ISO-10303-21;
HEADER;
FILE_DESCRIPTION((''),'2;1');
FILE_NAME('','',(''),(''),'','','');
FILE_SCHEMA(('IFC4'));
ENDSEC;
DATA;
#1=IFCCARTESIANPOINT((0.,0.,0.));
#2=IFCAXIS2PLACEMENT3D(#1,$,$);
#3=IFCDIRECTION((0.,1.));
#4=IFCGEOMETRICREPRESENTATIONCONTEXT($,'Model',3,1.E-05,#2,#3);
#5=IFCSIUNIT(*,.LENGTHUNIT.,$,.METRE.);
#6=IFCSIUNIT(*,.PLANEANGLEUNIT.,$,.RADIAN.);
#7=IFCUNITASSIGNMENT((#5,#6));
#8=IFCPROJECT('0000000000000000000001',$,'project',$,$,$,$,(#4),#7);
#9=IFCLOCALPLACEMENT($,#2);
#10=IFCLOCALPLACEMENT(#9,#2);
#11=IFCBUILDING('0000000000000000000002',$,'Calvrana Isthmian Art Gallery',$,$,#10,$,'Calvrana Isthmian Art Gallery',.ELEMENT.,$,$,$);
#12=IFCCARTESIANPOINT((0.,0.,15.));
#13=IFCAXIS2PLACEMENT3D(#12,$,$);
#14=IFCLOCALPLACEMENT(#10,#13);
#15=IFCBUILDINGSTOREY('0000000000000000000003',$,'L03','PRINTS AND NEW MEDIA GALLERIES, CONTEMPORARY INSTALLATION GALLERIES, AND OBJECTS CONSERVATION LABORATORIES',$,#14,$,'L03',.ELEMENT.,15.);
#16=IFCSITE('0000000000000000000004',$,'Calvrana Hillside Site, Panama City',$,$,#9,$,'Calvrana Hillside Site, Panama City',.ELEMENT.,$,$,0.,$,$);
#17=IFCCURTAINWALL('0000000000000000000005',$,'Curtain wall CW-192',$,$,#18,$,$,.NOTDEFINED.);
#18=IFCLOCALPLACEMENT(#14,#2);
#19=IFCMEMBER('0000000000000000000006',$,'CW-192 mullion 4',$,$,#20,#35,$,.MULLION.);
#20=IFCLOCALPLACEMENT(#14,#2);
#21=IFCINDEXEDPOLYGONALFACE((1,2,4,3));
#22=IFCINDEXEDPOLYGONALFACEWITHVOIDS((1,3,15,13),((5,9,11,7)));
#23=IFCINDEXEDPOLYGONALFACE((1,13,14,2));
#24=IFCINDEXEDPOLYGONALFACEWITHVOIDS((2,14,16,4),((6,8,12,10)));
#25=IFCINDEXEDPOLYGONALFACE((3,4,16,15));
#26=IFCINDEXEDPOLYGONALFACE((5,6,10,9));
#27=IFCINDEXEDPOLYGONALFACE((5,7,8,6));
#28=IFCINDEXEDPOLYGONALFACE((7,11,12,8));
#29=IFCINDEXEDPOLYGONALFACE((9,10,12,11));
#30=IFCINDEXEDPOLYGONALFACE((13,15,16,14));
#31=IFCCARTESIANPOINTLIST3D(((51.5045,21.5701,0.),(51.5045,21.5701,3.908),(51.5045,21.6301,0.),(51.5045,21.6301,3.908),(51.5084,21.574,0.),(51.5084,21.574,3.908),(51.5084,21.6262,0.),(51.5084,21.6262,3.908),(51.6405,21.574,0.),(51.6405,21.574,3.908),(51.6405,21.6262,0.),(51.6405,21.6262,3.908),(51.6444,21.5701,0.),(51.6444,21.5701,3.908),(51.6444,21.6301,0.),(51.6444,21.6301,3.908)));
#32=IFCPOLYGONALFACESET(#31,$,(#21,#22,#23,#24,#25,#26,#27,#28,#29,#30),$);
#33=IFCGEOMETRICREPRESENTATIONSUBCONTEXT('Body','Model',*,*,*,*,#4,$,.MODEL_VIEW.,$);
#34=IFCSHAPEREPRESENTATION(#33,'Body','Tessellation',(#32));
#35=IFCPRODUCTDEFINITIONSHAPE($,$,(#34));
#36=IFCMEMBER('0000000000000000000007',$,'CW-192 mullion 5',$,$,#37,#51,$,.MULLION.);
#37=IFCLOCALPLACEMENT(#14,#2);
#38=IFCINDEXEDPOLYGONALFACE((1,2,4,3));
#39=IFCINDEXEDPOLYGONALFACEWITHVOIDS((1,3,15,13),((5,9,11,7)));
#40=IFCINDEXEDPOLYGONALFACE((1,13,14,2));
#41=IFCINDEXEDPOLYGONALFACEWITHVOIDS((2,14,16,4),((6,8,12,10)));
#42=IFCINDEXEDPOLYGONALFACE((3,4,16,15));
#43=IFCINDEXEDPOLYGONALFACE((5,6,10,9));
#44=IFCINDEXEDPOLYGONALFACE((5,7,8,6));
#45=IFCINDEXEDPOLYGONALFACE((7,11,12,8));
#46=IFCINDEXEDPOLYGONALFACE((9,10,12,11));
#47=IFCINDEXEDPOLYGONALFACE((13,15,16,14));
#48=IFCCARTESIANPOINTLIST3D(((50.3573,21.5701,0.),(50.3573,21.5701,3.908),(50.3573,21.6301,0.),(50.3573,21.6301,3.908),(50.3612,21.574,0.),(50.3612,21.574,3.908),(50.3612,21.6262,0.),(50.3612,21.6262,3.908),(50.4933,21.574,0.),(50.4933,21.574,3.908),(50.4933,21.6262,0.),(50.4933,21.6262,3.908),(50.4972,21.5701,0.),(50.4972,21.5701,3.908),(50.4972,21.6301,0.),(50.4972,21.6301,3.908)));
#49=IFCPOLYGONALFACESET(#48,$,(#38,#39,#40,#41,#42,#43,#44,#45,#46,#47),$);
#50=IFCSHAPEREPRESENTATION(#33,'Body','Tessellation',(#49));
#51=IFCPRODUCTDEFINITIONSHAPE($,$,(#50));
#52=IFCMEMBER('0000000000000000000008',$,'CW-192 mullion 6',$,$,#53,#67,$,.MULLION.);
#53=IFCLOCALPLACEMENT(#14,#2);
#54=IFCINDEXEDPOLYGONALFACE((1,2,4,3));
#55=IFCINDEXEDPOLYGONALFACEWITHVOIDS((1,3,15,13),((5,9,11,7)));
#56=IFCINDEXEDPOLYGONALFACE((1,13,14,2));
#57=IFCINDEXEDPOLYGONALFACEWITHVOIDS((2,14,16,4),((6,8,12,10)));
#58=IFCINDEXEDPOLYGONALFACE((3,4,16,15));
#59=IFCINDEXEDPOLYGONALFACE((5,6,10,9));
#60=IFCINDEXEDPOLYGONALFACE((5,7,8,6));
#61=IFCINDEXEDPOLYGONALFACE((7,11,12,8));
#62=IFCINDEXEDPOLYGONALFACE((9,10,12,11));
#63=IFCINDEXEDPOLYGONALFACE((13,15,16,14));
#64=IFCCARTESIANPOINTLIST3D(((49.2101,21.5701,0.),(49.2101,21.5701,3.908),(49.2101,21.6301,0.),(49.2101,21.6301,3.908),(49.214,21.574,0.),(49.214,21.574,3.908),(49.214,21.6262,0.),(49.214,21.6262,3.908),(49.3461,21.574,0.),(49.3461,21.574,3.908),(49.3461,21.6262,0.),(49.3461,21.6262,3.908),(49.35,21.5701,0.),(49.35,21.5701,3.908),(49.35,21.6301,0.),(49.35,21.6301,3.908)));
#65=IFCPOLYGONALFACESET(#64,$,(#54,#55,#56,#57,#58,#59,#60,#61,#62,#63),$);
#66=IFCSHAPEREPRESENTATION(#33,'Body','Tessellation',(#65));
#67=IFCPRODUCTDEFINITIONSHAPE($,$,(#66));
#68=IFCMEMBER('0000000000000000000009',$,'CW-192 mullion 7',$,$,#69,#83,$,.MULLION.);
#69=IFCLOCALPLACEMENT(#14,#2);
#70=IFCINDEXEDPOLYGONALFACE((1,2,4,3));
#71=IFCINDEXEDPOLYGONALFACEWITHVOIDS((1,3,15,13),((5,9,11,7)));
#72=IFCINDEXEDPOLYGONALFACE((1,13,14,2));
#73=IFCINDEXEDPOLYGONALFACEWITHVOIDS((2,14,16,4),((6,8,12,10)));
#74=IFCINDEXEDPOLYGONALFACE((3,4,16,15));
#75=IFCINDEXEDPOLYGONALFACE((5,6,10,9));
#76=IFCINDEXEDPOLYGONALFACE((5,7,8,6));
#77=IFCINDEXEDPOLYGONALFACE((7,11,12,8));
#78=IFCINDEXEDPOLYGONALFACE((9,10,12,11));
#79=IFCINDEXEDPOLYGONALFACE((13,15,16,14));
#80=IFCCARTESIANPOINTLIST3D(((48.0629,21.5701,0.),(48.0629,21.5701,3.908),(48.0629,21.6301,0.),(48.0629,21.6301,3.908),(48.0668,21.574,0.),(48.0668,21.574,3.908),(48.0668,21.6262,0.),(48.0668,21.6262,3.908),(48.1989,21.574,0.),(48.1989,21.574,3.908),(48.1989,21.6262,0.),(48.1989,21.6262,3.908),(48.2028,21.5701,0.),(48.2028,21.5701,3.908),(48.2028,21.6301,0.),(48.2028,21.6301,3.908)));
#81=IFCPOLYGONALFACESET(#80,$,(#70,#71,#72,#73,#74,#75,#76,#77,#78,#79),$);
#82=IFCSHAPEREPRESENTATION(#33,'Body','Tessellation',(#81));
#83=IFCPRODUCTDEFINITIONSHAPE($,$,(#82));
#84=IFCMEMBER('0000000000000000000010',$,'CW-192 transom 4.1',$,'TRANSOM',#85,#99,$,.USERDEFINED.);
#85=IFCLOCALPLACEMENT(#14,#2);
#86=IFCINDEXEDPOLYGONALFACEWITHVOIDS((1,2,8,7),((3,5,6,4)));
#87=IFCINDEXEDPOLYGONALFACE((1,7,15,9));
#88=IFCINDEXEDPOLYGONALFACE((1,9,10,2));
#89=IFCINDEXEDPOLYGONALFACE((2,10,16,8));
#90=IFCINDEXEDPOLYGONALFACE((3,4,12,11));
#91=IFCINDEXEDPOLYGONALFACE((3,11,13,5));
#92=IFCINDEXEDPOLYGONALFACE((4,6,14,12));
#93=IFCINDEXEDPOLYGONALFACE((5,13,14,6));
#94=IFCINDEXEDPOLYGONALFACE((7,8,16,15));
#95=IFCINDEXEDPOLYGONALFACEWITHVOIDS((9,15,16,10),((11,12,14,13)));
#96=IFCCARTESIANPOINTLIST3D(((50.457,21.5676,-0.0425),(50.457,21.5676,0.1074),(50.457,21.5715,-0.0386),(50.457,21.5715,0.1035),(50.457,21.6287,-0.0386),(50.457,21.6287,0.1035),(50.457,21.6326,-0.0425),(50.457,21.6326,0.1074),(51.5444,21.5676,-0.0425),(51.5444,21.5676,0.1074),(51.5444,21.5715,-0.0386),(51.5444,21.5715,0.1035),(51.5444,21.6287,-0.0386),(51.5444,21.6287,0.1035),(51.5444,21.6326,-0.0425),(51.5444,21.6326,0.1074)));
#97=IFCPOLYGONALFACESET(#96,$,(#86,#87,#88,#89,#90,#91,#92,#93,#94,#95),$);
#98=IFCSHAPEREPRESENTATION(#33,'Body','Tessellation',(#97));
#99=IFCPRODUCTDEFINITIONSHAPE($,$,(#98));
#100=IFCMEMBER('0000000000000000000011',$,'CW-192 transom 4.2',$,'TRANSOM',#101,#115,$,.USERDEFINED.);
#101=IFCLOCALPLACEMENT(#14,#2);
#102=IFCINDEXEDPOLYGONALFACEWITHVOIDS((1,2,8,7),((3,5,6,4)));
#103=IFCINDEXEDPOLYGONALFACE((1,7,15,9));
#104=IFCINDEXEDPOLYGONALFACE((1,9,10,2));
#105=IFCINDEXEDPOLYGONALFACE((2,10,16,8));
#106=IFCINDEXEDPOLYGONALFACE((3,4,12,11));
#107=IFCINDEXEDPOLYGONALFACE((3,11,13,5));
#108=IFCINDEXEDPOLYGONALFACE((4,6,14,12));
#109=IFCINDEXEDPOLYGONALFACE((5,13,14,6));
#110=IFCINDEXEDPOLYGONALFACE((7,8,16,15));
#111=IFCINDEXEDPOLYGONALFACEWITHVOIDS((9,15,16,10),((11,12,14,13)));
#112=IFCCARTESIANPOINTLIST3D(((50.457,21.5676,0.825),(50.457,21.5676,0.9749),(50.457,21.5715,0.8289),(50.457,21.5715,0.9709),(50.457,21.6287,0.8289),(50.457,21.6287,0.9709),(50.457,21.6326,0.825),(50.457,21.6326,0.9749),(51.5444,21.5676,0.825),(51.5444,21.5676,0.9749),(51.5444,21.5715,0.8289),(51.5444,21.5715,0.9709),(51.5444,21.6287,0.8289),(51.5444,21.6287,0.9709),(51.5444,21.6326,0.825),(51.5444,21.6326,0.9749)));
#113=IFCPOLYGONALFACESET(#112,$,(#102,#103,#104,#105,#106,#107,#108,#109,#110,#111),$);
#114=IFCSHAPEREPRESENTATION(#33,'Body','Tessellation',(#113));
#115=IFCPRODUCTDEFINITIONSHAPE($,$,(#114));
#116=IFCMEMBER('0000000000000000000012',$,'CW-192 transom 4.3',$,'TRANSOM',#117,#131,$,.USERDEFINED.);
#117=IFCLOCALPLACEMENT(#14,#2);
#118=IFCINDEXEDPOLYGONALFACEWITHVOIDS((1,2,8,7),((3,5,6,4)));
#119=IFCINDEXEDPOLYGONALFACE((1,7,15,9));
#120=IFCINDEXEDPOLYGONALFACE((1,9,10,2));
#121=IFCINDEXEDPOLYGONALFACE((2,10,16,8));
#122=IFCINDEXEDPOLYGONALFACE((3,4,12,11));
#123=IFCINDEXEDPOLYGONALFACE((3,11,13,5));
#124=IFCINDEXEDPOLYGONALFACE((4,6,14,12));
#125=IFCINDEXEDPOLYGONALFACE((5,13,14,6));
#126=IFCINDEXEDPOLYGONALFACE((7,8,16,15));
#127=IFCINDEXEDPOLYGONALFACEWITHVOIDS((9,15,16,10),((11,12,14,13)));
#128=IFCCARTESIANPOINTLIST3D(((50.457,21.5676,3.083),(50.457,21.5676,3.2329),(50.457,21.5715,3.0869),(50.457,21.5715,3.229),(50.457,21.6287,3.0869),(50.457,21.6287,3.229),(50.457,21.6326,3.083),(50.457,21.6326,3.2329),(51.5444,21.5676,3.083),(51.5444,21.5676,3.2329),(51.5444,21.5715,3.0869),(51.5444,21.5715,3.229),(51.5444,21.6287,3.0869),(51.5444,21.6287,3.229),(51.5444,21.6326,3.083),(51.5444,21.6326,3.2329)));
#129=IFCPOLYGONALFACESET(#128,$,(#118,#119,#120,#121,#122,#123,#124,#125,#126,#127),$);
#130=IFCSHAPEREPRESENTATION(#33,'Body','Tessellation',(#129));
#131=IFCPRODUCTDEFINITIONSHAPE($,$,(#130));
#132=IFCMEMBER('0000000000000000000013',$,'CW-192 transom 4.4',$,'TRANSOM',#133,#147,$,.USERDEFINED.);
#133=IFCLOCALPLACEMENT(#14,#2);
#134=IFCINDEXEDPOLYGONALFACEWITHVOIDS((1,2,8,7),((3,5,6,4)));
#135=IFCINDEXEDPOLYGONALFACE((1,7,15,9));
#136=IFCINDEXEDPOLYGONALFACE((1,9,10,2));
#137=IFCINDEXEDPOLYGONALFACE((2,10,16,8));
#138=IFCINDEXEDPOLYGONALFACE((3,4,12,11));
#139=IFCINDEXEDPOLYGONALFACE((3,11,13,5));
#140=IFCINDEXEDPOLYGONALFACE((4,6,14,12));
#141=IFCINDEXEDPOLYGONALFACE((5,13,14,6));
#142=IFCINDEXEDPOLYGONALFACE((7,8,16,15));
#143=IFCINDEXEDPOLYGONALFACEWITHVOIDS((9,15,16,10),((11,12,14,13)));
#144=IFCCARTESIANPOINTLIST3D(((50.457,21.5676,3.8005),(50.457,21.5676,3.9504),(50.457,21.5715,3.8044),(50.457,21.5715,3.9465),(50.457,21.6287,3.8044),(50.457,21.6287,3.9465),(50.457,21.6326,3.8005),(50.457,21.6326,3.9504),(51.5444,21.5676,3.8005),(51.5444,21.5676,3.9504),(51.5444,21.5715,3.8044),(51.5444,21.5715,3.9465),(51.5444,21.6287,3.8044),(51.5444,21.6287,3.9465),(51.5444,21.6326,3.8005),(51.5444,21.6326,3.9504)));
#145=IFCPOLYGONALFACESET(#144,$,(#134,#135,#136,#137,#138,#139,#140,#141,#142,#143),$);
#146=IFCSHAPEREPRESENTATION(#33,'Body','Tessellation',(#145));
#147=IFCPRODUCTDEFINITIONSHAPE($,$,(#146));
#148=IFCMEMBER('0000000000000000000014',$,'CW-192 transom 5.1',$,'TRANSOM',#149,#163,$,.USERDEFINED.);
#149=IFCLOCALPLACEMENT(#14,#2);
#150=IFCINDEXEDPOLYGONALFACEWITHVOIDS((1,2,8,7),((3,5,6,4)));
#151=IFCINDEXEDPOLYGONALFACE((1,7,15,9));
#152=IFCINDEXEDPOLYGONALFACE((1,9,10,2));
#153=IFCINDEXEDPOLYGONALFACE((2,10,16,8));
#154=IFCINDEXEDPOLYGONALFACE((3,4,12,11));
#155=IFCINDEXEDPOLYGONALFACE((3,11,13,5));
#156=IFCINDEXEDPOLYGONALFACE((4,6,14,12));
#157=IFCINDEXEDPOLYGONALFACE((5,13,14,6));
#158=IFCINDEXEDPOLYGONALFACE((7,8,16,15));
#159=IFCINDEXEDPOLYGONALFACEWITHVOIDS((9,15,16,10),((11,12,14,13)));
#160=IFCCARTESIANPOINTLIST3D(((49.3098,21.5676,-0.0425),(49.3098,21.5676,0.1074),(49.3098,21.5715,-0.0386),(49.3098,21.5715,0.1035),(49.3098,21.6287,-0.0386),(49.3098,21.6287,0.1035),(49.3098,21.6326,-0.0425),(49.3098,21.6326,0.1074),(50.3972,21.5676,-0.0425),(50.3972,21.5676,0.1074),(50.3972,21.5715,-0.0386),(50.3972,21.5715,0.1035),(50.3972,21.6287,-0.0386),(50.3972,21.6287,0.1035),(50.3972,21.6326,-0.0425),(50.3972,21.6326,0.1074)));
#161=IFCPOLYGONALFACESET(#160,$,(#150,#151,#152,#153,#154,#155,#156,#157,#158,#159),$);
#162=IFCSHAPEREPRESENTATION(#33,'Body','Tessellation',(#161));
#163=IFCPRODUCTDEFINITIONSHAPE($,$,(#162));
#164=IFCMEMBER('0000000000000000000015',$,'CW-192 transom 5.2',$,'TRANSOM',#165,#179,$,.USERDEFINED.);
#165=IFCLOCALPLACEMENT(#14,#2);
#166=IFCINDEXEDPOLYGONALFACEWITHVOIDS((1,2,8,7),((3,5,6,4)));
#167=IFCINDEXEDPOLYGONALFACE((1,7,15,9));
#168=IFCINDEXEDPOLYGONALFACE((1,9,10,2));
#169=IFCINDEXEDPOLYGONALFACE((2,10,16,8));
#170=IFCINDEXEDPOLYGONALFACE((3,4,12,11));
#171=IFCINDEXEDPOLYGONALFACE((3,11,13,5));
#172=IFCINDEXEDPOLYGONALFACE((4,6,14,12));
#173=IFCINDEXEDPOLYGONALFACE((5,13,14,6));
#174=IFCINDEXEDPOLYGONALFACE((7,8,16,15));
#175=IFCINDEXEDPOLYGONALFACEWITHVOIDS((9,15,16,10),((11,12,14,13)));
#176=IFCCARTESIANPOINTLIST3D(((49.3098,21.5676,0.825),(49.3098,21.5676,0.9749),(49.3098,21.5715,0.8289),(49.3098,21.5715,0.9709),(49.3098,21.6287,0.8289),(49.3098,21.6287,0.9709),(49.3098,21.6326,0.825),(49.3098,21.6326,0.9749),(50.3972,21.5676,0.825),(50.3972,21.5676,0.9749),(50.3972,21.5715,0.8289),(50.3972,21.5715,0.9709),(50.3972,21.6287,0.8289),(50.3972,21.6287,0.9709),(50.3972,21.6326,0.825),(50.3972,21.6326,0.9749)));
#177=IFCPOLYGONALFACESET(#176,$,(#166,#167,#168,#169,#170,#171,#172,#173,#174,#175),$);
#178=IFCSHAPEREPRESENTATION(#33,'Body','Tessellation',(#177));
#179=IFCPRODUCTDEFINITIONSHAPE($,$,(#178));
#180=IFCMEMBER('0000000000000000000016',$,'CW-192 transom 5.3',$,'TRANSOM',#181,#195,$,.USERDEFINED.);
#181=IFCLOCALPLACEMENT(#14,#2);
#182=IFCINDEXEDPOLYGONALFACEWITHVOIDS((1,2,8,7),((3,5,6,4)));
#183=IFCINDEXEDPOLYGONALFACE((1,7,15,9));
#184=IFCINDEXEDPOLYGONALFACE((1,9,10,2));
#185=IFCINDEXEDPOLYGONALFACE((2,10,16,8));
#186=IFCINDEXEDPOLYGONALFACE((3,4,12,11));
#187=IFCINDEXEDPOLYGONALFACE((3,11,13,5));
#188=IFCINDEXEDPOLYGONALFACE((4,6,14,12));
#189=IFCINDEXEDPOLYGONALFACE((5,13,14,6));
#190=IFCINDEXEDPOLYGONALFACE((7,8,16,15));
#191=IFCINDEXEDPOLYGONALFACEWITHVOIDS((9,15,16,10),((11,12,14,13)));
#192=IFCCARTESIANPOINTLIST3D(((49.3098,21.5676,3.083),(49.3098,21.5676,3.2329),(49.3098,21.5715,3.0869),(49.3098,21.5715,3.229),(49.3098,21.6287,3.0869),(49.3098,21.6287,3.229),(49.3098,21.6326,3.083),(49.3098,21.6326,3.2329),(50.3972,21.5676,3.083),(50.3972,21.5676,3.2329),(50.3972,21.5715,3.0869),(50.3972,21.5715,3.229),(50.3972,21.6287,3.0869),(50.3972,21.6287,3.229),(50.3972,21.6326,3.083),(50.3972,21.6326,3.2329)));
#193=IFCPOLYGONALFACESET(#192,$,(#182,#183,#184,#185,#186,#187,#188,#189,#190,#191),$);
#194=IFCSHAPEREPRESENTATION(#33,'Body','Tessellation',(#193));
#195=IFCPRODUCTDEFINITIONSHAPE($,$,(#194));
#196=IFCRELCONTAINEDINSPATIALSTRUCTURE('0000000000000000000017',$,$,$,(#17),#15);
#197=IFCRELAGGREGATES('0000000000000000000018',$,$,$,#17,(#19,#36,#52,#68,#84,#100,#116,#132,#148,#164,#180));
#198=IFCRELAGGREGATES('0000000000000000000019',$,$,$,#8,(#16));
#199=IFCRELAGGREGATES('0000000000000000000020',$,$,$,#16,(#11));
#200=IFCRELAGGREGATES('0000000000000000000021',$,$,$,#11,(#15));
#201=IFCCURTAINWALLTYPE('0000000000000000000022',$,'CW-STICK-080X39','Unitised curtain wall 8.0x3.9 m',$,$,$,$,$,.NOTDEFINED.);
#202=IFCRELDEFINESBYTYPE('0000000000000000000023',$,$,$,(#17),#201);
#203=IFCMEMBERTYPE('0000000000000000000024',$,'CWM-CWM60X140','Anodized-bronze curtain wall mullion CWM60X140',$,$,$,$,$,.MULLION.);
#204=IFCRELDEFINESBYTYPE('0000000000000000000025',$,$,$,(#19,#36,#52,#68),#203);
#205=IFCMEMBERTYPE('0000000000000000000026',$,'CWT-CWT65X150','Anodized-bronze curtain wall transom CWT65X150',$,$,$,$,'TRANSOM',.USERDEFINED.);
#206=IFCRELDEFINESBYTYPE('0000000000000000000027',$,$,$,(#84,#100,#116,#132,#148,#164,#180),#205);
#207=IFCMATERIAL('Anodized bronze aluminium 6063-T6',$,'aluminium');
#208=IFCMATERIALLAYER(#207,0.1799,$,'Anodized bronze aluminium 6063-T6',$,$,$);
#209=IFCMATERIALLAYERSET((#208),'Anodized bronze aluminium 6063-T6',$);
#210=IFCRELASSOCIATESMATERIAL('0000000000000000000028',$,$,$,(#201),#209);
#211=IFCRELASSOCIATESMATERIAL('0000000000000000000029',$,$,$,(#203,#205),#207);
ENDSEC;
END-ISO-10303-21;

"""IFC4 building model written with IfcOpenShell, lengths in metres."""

from ifc_helpers import new_model, si_unit, direction, frame, origin, origin_2d, place, context, subcontext, project, spatial, hollow_rectangle, extrude, material, layer, layer_set, material_profile, profile_set, type_object, element, aggregate, save


model = new_model("IFC4")

# Units and contexts
model_context = context("Model", 3, precision=1e-05, world=origin(), true_north=direction((0.0, 1.0)))
body_context = subcontext(model_context, "Body", "Model", "MODEL_VIEW")
ifc_project = project(units=[si_unit("LENGTHUNIT", "METRE"), si_unit("PLANEANGLEUNIT", "RADIAN")], contexts=[model_context])

# Site, building, storey
site_placement = place(None, origin())
site = spatial("IfcSite", under=ifc_project, at=site_placement, Name="Calvrana Hillside Site, Panama City", LongName="Calvrana Hillside Site, Panama City", CompositionType="ELEMENT", RefElevation=0.0)
building_placement = place(site_placement, origin())
building = spatial("IfcBuilding", under=site, at=building_placement, Name="Calvrana Isthmian Art Gallery", LongName="Calvrana Isthmian Art Gallery", CompositionType="ELEMENT")
storey_placement = place(building_placement, frame((0.0, 0.0, 15.0)))
storey = spatial("IfcBuildingStorey", under=building, at=storey_placement, Name="L03", Description="PRINTS AND NEW MEDIA GALLERIES, CONTEMPORARY INSTALLATION GALLERIES, AND OBJECTS CONSERVATION LABORATORIES", LongName="L03", CompositionType="ELEMENT", Elevation=15.0)

# Curtain wall, members
ifc_material_1 = material(Name="Anodized bronze aluminium 6063-T6", Category="aluminium")
ifc_layer_1 = layer(ifc_material_1, 0.1799, Name="Anodized bronze aluminium 6063-T6")
ifc_layer_set_1 = layer_set([ifc_layer_1], Name="Anodized bronze aluminium 6063-T6")
curtain_wall_type = type_object("IfcCurtainWallType", Name="CW-STICK-080X39", Description="Unitised curtain wall 8.0x3.9 m", PredefinedType="NOTDEFINED", material=ifc_layer_set_1)
curtain_wall_placement = place(storey_placement, origin())
curtain_wall = element("IfcCurtainWall", 1, at=curtain_wall_placement, inside=storey, type_object=curtain_wall_type, Name="Curtain wall CW-192", PredefinedType="NOTDEFINED")
ifc_material_profile_1 = material_profile(ifc_material_1, hollow_rectangle(XDim=0.0601, YDim=0.1399, WallThickness=0.0039, at=origin_2d()), Name="CWM60X140")
ifc_profile_set_1 = profile_set([ifc_material_profile_1], Name="Anodized bronze aluminium 6063-T6")
member_type_1 = type_object("IfcMemberType", Name="CWM-CWM60X140", Description="Anodized-bronze curtain wall mullion CWM60X140", PredefinedType="MULLION", material=ifc_profile_set_1)
member_1_placement = place(storey_placement, frame((51.5745, 21.6001, 0.0), z_axis=(0.0, 0.0, 1.0), x_axis=(0.0, -1.0, 0.0)))
member_1 = element("IfcMember", 2, at=member_1_placement, type_object=member_type_1, Name="CW-192 mullion 4", PredefinedType="MULLION", context=body_context, shape_type="SweptSolid", body=[
    extrude(hollow_rectangle(XDim=0.0601, YDim=0.1399, WallThickness=0.0039, at=origin_2d()), origin(), (0.0, 0.0, 1.0), 3.908),
])
member_2_placement = place(storey_placement, frame((50.4272, 21.6001, 0.0), z_axis=(0.0, 0.0, 1.0), x_axis=(0.0, -1.0, 0.0)))
member_2 = element("IfcMember", 3, at=member_2_placement, type_object=member_type_1, Name="CW-192 mullion 5", PredefinedType="MULLION", context=body_context, shape_type="SweptSolid", body=[
    extrude(hollow_rectangle(XDim=0.0601, YDim=0.1399, WallThickness=0.0039, at=origin_2d()), origin(), (0.0, 0.0, 1.0), 3.908),
])
member_3_placement = place(storey_placement, frame((49.28, 21.6001, 0.0), z_axis=(0.0, 0.0, 1.0), x_axis=(0.0, -1.0, 0.0)))
member_3 = element("IfcMember", 4, at=member_3_placement, type_object=member_type_1, Name="CW-192 mullion 6", PredefinedType="MULLION", context=body_context, shape_type="SweptSolid", body=[
    extrude(hollow_rectangle(XDim=0.0601, YDim=0.1399, WallThickness=0.0039, at=origin_2d()), origin(), (0.0, 0.0, 1.0), 3.908),
])
member_4_placement = place(storey_placement, frame((48.1328, 21.6001, 0.0), z_axis=(0.0, 0.0, 1.0), x_axis=(0.0, -1.0, 0.0)))
member_4 = element("IfcMember", 5, at=member_4_placement, type_object=member_type_1, Name="CW-192 mullion 7", PredefinedType="MULLION", context=body_context, shape_type="SweptSolid", body=[
    extrude(hollow_rectangle(XDim=0.0601, YDim=0.1399, WallThickness=0.0039, at=origin_2d()), origin(), (0.0, 0.0, 1.0), 3.908),
])
ifc_material_profile_2 = material_profile(ifc_material_1, hollow_rectangle(XDim=0.0649, YDim=0.1499, WallThickness=0.0039, at=origin_2d()), Name="CWT65X150")
ifc_profile_set_2 = profile_set([ifc_material_profile_2], Name="Anodized bronze aluminium 6063-T6")
member_type_2 = type_object("IfcMemberType", Name="CWT-CWT65X150", Description="Anodized-bronze curtain wall transom CWT65X150", ElementType="TRANSOM", PredefinedType="USERDEFINED", material=ifc_profile_set_2)
member_5_placement = place(storey_placement, frame((51.5444, 21.6001, 0.0325), z_axis=(-1.0, 0.0, 0.0), x_axis=(0.0, -1.0, 0.0)))
member_5 = element("IfcMember", 6, at=member_5_placement, type_object=member_type_2, Name="CW-192 transom 4.1", ObjectType="TRANSOM", PredefinedType="USERDEFINED", context=body_context, shape_type="SweptSolid", body=[
    extrude(hollow_rectangle(XDim=0.0649, YDim=0.1499, WallThickness=0.0039, at=origin_2d()), origin(), (0.0, 0.0, 1.0), 1.0874),
])
member_6_placement = place(storey_placement, frame((51.5444, 21.6001, 0.8999), z_axis=(-1.0, 0.0, 0.0), x_axis=(0.0, -1.0, 0.0)))
member_6 = element("IfcMember", 7, at=member_6_placement, type_object=member_type_2, Name="CW-192 transom 4.2", ObjectType="TRANSOM", PredefinedType="USERDEFINED", context=body_context, shape_type="SweptSolid", body=[
    extrude(hollow_rectangle(XDim=0.0649, YDim=0.1499, WallThickness=0.0039, at=origin_2d()), origin(), (0.0, 0.0, 1.0), 1.0874),
])
member_7_placement = place(storey_placement, frame((51.5444, 21.6001, 3.158), z_axis=(-1.0, 0.0, 0.0), x_axis=(0.0, -1.0, 0.0)))
member_7 = element("IfcMember", 8, at=member_7_placement, type_object=member_type_2, Name="CW-192 transom 4.3", ObjectType="TRANSOM", PredefinedType="USERDEFINED", context=body_context, shape_type="SweptSolid", body=[
    extrude(hollow_rectangle(XDim=0.0649, YDim=0.1499, WallThickness=0.0039, at=origin_2d()), origin(), (0.0, 0.0, 1.0), 1.0874),
])
member_8_placement = place(storey_placement, frame((51.5444, 21.6001, 3.8755), z_axis=(-1.0, 0.0, 0.0), x_axis=(0.0, -1.0, 0.0)))
member_8 = element("IfcMember", 9, at=member_8_placement, type_object=member_type_2, Name="CW-192 transom 4.4", ObjectType="TRANSOM", PredefinedType="USERDEFINED", context=body_context, shape_type="SweptSolid", body=[
    extrude(hollow_rectangle(XDim=0.0649, YDim=0.1499, WallThickness=0.0039, at=origin_2d()), origin(), (0.0, 0.0, 1.0), 1.0874),
])
member_9_placement = place(storey_placement, frame((50.3972, 21.6001, 0.0325), z_axis=(-1.0, 0.0, 0.0), x_axis=(0.0, -1.0, 0.0)))
member_9 = element("IfcMember", 10, at=member_9_placement, type_object=member_type_2, Name="CW-192 transom 5.1", ObjectType="TRANSOM", PredefinedType="USERDEFINED", context=body_context, shape_type="SweptSolid", body=[
    extrude(hollow_rectangle(XDim=0.0649, YDim=0.1499, WallThickness=0.0039, at=origin_2d()), origin(), (0.0, 0.0, 1.0), 1.0874),
])
member_10_placement = place(storey_placement, frame((50.3972, 21.6001, 0.8999), z_axis=(-1.0, 0.0, 0.0), x_axis=(0.0, -1.0, 0.0)))
member_10 = element("IfcMember", 11, at=member_10_placement, type_object=member_type_2, Name="CW-192 transom 5.2", ObjectType="TRANSOM", PredefinedType="USERDEFINED", context=body_context, shape_type="SweptSolid", body=[
    extrude(hollow_rectangle(XDim=0.0649, YDim=0.1499, WallThickness=0.0039, at=origin_2d()), origin(), (0.0, 0.0, 1.0), 1.0874),
])
member_11_placement = place(storey_placement, frame((50.3972, 21.6001, 3.158), z_axis=(-1.0, 0.0, 0.0), x_axis=(0.0, -1.0, 0.0)))
member_11 = element("IfcMember", 12, at=member_11_placement, type_object=member_type_2, Name="CW-192 transom 5.3", ObjectType="TRANSOM", PredefinedType="USERDEFINED", context=body_context, shape_type="SweptSolid", body=[
    extrude(hollow_rectangle(XDim=0.0649, YDim=0.1499, WallThickness=0.0039, at=origin_2d()), origin(), (0.0, 0.0, 1.0), 1.0874),
])
aggregate(curtain_wall, [member_1, member_2, member_3, member_4, member_5, member_6, member_7, member_8, member_9, member_10, member_11])

save(model, "model.ifc")
